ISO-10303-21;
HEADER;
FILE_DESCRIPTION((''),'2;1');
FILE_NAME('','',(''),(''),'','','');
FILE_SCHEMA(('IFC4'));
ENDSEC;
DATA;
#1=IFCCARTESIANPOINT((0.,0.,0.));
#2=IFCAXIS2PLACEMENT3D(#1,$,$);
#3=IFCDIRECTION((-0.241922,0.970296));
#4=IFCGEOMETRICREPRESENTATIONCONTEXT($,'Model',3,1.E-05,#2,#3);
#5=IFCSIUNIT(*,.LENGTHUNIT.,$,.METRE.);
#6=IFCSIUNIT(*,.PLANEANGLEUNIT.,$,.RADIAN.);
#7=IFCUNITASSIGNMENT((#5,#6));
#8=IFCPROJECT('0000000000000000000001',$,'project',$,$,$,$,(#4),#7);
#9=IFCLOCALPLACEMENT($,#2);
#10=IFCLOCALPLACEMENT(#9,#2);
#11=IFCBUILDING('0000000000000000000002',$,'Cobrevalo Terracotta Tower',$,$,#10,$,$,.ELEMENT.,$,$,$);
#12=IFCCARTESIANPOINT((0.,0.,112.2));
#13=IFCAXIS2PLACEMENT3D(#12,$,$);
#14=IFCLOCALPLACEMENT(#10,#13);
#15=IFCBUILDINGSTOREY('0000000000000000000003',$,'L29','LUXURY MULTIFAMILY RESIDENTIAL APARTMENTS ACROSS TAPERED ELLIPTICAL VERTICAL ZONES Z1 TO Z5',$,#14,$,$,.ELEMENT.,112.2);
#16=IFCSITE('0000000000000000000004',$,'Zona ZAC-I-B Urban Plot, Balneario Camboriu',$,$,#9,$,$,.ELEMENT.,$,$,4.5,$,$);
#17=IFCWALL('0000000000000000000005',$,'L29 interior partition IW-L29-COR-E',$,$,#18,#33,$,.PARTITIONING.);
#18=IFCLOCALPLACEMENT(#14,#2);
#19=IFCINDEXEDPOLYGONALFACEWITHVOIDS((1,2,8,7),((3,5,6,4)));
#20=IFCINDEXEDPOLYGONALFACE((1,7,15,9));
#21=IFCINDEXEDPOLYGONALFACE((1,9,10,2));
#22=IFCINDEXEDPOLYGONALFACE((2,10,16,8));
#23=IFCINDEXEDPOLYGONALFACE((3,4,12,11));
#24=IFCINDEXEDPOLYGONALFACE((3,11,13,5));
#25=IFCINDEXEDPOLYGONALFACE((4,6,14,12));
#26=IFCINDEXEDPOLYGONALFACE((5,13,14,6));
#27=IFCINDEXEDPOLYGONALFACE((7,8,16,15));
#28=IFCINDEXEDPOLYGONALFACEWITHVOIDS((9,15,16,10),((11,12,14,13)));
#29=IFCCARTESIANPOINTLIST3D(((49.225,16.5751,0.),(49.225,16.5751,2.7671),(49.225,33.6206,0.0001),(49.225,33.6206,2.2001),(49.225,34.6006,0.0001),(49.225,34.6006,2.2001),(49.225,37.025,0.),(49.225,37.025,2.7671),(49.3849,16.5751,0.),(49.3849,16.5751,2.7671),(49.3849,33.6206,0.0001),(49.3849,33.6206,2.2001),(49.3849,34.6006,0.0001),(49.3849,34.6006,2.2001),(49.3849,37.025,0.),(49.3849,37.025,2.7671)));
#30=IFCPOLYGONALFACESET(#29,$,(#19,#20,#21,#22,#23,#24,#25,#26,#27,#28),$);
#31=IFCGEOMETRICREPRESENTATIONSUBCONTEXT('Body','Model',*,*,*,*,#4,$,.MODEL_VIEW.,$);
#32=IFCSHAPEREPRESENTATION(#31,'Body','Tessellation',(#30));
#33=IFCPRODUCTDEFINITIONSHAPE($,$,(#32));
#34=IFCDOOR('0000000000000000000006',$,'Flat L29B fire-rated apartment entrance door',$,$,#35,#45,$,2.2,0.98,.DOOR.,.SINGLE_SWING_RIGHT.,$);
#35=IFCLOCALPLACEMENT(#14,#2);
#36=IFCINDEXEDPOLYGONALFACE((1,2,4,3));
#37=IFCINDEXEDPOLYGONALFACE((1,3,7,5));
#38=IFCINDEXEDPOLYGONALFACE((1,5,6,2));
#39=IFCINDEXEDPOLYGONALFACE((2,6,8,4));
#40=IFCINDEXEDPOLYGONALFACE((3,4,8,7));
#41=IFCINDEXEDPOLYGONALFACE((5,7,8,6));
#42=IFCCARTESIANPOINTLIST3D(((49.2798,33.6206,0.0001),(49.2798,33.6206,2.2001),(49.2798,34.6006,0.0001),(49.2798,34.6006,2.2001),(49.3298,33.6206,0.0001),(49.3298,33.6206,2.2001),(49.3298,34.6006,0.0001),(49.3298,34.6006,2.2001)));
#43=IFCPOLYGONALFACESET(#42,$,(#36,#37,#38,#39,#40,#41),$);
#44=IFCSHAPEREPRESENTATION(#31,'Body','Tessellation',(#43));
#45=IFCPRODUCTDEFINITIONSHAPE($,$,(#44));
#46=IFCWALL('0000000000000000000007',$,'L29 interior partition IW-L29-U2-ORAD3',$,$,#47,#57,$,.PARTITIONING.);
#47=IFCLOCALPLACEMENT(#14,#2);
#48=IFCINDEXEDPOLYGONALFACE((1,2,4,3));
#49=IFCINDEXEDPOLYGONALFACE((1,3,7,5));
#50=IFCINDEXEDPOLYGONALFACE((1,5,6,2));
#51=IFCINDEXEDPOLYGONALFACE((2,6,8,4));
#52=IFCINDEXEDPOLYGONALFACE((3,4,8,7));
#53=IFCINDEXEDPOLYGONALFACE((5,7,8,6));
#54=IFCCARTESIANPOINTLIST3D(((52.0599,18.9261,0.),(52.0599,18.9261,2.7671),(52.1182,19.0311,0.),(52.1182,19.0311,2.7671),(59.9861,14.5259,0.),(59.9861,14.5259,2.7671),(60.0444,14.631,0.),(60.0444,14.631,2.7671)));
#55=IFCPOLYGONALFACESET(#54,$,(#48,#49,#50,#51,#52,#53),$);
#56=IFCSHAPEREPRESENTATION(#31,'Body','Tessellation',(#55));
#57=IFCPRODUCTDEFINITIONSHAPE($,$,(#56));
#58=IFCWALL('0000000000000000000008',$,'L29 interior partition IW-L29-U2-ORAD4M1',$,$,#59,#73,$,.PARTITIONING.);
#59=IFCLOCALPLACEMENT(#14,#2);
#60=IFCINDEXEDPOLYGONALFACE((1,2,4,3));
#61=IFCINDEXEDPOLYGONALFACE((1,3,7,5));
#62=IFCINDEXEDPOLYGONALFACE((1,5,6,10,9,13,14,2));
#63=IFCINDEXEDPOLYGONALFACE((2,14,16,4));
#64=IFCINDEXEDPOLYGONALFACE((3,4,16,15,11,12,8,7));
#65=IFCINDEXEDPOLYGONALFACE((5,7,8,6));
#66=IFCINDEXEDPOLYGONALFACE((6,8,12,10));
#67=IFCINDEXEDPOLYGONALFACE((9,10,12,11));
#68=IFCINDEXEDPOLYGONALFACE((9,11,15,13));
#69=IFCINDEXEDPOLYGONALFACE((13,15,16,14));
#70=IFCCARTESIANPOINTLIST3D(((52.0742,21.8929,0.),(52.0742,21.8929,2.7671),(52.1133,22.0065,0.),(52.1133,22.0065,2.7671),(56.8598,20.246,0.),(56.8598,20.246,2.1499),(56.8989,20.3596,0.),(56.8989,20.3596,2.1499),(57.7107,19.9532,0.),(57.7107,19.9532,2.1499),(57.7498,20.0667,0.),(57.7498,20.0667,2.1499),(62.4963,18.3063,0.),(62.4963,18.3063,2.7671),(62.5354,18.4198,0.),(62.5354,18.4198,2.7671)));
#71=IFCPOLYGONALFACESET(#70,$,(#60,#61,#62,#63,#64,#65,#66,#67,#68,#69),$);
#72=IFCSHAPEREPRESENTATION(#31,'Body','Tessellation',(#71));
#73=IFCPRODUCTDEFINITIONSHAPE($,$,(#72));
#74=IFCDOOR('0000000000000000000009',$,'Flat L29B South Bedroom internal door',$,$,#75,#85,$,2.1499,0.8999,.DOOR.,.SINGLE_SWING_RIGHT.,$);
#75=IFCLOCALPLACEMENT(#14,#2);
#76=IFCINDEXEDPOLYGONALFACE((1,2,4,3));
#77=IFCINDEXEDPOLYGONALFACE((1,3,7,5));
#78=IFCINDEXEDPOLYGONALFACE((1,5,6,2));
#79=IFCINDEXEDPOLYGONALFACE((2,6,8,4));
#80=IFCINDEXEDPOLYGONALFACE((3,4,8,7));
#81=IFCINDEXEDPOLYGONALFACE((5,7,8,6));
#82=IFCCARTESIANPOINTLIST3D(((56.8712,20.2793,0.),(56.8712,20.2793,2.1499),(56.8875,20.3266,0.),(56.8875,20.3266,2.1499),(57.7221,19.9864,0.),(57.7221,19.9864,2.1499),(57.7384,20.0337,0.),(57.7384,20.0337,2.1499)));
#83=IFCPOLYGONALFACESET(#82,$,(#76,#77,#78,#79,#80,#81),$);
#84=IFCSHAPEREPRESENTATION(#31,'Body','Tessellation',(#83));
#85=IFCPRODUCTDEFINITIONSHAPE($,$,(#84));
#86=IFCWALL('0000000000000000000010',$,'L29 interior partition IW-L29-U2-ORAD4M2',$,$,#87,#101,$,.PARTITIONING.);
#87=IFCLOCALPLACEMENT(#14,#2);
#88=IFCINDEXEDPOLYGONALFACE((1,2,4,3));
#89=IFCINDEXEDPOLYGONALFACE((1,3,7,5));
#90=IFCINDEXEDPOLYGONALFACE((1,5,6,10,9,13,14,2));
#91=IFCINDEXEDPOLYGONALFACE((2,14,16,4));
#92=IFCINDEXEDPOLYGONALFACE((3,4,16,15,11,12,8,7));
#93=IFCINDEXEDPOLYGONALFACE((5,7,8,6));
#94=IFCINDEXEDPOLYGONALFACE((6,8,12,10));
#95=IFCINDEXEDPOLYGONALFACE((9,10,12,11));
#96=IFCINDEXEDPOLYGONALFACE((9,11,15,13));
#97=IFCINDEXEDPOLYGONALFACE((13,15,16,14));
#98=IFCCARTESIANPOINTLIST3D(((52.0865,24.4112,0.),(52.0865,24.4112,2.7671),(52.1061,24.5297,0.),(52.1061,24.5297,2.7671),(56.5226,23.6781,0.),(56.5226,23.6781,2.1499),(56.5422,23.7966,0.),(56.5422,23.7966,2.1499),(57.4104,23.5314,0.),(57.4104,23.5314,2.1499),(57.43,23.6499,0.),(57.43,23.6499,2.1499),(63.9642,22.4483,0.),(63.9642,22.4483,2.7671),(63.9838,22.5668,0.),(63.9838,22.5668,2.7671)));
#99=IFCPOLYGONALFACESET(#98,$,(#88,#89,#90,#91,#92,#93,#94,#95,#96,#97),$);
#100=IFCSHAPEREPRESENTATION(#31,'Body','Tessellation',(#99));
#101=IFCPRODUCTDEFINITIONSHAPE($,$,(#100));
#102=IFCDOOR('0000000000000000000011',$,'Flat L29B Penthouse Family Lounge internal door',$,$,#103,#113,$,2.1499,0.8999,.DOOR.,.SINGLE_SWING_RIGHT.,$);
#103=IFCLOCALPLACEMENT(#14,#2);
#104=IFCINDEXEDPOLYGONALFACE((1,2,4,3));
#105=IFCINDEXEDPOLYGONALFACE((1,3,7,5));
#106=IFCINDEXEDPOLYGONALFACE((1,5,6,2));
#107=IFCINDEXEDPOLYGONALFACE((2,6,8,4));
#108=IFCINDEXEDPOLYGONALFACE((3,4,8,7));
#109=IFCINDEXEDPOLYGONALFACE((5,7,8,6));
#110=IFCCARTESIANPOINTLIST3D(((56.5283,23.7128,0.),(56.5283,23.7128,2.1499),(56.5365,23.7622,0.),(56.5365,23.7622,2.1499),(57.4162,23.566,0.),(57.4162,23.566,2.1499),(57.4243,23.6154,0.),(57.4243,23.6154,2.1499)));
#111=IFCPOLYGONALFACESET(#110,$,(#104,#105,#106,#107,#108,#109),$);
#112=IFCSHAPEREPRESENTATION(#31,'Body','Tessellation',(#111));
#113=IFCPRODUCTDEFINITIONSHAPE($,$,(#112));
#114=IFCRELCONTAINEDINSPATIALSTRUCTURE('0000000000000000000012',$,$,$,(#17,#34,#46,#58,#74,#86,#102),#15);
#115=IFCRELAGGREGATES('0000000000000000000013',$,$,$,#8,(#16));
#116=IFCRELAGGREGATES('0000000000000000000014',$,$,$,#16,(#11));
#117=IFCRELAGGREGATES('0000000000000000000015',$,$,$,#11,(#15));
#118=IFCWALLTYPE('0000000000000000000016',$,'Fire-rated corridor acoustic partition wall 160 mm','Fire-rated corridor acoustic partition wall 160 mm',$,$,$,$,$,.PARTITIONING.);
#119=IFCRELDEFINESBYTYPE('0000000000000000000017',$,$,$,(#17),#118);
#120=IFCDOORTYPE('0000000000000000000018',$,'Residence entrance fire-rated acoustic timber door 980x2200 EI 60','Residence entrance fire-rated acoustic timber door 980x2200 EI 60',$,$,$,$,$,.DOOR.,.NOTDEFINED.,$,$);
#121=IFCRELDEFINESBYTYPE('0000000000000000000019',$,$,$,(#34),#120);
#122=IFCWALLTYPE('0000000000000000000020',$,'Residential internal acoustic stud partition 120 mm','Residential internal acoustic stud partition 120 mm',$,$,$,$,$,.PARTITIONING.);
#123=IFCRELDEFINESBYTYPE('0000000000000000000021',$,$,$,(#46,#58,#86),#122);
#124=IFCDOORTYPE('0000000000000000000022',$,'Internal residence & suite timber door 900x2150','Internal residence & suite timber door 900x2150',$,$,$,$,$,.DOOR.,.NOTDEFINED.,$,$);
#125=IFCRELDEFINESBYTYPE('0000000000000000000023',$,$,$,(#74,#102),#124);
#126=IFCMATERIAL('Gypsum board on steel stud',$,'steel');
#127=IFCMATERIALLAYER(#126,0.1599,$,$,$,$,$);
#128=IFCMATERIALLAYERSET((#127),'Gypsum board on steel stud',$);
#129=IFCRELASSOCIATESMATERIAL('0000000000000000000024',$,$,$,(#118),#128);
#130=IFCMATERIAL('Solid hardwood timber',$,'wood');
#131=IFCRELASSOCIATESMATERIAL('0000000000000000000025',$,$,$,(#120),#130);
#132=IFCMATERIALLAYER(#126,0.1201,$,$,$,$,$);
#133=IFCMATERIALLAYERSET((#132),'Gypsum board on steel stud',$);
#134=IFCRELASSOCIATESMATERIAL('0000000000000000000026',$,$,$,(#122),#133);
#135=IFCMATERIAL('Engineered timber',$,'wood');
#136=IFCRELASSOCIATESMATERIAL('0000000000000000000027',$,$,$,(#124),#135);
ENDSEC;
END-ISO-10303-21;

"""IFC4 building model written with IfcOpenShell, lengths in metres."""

from ifc_helpers import new_model, si_unit, direction, frame, frame_2d, origin, place, context, subcontext, project, spatial, rectangle, extrude, source, transform, mapped, material, layer, layer_set, type_object, element, fill, save


model = new_model("IFC4")

# Units and contexts
model_context = context("Model", 3, precision=1e-05, world=origin(), true_north=direction((-0.241922, 0.970296)))
body_context = subcontext(model_context, "Body", "Model", "MODEL_VIEW")
ifc_project = project(units=[si_unit("LENGTHUNIT", "METRE"), si_unit("PLANEANGLEUNIT", "RADIAN")], contexts=[model_context])

# Site, building, storey
site_placement = place(None, origin())
site = spatial("IfcSite", under=ifc_project, at=site_placement, Name="Zona ZAC-I-B Urban Plot, Balneario Camboriu", CompositionType="ELEMENT", RefElevation=4.5)
building_placement = place(site_placement, origin())
building = spatial("IfcBuilding", under=site, at=building_placement, Name="Cobrevalo Terracotta Tower", CompositionType="ELEMENT")
storey_placement = place(building_placement, frame((0.0, 0.0, 112.2)))
storey = spatial("IfcBuildingStorey", under=building, at=storey_placement, Name="L29", Description="LUXURY MULTIFAMILY RESIDENTIAL APARTMENTS ACROSS TAPERED ELLIPTICAL VERTICAL ZONES Z1 TO Z5", CompositionType="ELEMENT", Elevation=112.2)

# Wall, opening, door
ifc_material_1 = material(Name="Gypsum board on steel stud", Category="steel")
ifc_layer_1 = layer(ifc_material_1, 0.1599)
ifc_layer_set_1 = layer_set([ifc_layer_1], Name="Gypsum board on steel stud")
wall_type_1 = type_object("IfcWallType", Name="Fire-rated corridor acoustic partition wall 160 mm", Description="Fire-rated corridor acoustic partition wall 160 mm", PredefinedType="PARTITIONING", material=ifc_layer_set_1)
wall_1_placement = place(storey_placement, frame((49.3049, 16.575, 0.0), z_axis=(0.0, 0.0, 1.0), x_axis=(0.0, 1.0, 0.0)))
wall_1 = element("IfcWall", 1, at=wall_1_placement, inside=storey, type_object=wall_type_1, Name="L29 interior partition IW-L29-COR-E", PredefinedType="PARTITIONING", context=body_context, shape_type="SweptSolid", body=[
    extrude(rectangle(XDim=20.45, YDim=0.1599, at=frame_2d((10.2251, 0.0))), origin(), (0.0, 0.0, 1.0), 2.7671),
])
opening_1_placement = place(wall_1_placement, frame((17.0457, 0.0, 0.0)))
opening_1 = element("IfcOpeningElement", 2, at=opening_1_placement, cuts=wall_1, PredefinedType="OPENING", context=body_context, shape_type="SweptSolid", body=[
    extrude(rectangle(XDim=0.98, YDim=2.2, at=frame_2d((0.49, 1.1001))), frame((0.0, 0.0898, 0.0), z_axis=(0.0, -1.0, 0.0), x_axis=(1.0, 0.0, 0.0)), (0.0, 0.0, 1.0), 0.1799),
])
ifc_material_2 = material(Name="Solid hardwood timber", Category="wood")
door_type_1 = type_object("IfcDoorType", Name="Residence entrance fire-rated acoustic timber door 980x2200 EI 60", Description="Residence entrance fire-rated acoustic timber door 980x2200 EI 60", OperationType="NOTDEFINED", PredefinedType="DOOR", material=ifc_material_2)
shared_shape_1 = source(origin(), body_context, "Body", "SweptSolid", [
    extrude(rectangle(XDim=0.98, YDim=2.2, at=frame_2d((0.49, 1.1001))), frame((0.0, 0.0249, 0.0), z_axis=(0.0, -1.0, 0.0), x_axis=(1.0, 0.0, 0.0)), (0.0, 0.0, 1.0), 0.05),
])
door_1_placement = place(opening_1_placement, frame((0.98, 0.0, 0.0), z_axis=(0.0, 0.0, 1.0), x_axis=(-1.0, 0.0, 0.0)))
door_1 = element("IfcDoor", 3, at=door_1_placement, inside=storey, type_object=door_type_1, Name="Flat L29B fire-rated apartment entrance door", OperationType="SINGLE_SWING_RIGHT", OverallHeight=2.2, OverallWidth=0.98, PredefinedType="DOOR", context=body_context, shape_type="MappedRepresentation", body=[
    mapped(shared_shape_1, transform((0.0, 0.0, 0.0), scale=1.0)),
])
fill(opening_1, door_1)

# Wall
ifc_layer_2 = layer(ifc_material_1, 0.1201)
ifc_layer_set_2 = layer_set([ifc_layer_2], Name="Gypsum board on steel stud")
wall_type_2 = type_object("IfcWallType", Name="Residential internal acoustic stud partition 120 mm", Description="Residential internal acoustic stud partition 120 mm", PredefinedType="PARTITIONING", material=ifc_layer_set_2)
wall_2_placement = place(storey_placement, frame((52.0891, 18.9785, 0.0), z_axis=(0.0, 0.0, 1.0), x_axis=(0.874313, -0.485362, 0.0)))
element("IfcWall", 4, at=wall_2_placement, inside=storey, type_object=wall_type_2, Name="L29 interior partition IW-L29-U2-ORAD3", PredefinedType="PARTITIONING", context=body_context, shape_type="SweptSolid", body=[
    extrude(rectangle(XDim=9.0657, YDim=0.1201, at=frame_2d((4.5327, 0.0))), origin(), (0.0, 0.0, 1.0), 2.7671),
])

# Walls, openings, doors
wall_3_placement = place(storey_placement, frame((52.0938, 21.9497, 0.0), z_axis=(0.0, 0.0, 1.0), x_axis=(0.945573, -0.32541, 0.0)))
wall_3 = element("IfcWall", 5, at=wall_3_placement, inside=storey, type_object=wall_type_2, Name="L29 interior partition IW-L29-U2-ORAD4M1", PredefinedType="PARTITIONING", context=body_context, shape_type="SweptSolid", body=[
    extrude(rectangle(XDim=11.022, YDim=0.1201, at=frame_2d((5.511, 0.0))), origin(), (0.0, 0.0, 1.0), 2.7671),
])
opening_2_placement = place(wall_3_placement, frame((5.061, 0.0, 0.0)))
opening_2 = element("IfcOpeningElement", 6, at=opening_2_placement, cuts=wall_3, PredefinedType="OPENING", context=body_context, shape_type="SweptSolid", body=[
    extrude(rectangle(XDim=0.8999, YDim=2.1499, at=frame_2d((0.45, 1.075))), frame((0.0, 0.0701, 0.0), z_axis=(0.0, -1.0, 0.0), x_axis=(1.0, 0.0, 0.0)), (0.0, 0.0, 1.0), 0.1401),
])
ifc_material_3 = material(Name="Engineered timber", Category="wood")
door_type_2 = type_object("IfcDoorType", Name="Internal residence & suite timber door 900x2150", Description="Internal residence & suite timber door 900x2150", OperationType="NOTDEFINED", PredefinedType="DOOR", material=ifc_material_3)
shared_shape_2 = source(origin(), body_context, "Body", "SweptSolid", [
    extrude(rectangle(XDim=0.8999, YDim=2.1499, at=frame_2d((0.45, 1.075))), frame((0.0, 0.0249, 0.0), z_axis=(0.0, -1.0, 0.0), x_axis=(1.0, 0.0, 0.0)), (0.0, 0.0, 1.0), 0.05),
])
door_2_placement = place(opening_2_placement, frame((0.8999, 0.0, 0.0), z_axis=(0.0, 0.0, 1.0), x_axis=(-1.0, 0.0, 0.0)))
door_2 = element("IfcDoor", 7, at=door_2_placement, inside=storey, type_object=door_type_2, Name="Flat L29B South Bedroom internal door", OperationType="SINGLE_SWING_RIGHT", OverallHeight=2.1499, OverallWidth=0.8999, PredefinedType="DOOR", context=body_context, shape_type="MappedRepresentation", body=[
    mapped(shared_shape_2, transform((0.0, 0.0, 0.0), scale=1.0)),
])
fill(opening_2, door_2)
wall_4_placement = place(storey_placement, frame((52.0962, 24.4705, 0.0), z_axis=(0.0, 0.0, 1.0), x_axis=(0.986618, -0.163047, 0.0)))
wall_4 = element("IfcWall", 8, at=wall_4_placement, inside=storey, type_object=wall_type_2, Name="L29 interior partition IW-L29-U2-ORAD4M2", PredefinedType="PARTITIONING", context=body_context, shape_type="SweptSolid", body=[
    extrude(rectangle(XDim=12.0388, YDim=0.1201, at=frame_2d((6.0195, 0.0))), origin(), (0.0, 0.0, 1.0), 2.7671),
])
opening_3_placement = place(wall_4_placement, frame((4.4963, 0.0, 0.0)))
opening_3 = element("IfcOpeningElement", 9, at=opening_3_placement, cuts=wall_4, PredefinedType="OPENING", context=body_context, shape_type="SweptSolid", body=[
    extrude(rectangle(XDim=0.8999, YDim=2.1499, at=frame_2d((0.45, 1.075))), frame((0.0, 0.0701, 0.0), z_axis=(0.0, -1.0, 0.0), x_axis=(1.0, 0.0, 0.0)), (0.0, 0.0, 1.0), 0.1401),
])
door_3_placement = place(opening_3_placement, frame((0.8999, 0.0, 0.0), z_axis=(0.0, 0.0, 1.0), x_axis=(-1.0, 0.0, 0.0)))
door_3 = element("IfcDoor", 10, at=door_3_placement, inside=storey, type_object=door_type_2, Name="Flat L29B Penthouse Family Lounge internal door", OperationType="SINGLE_SWING_RIGHT", OverallHeight=2.1499, OverallWidth=0.8999, PredefinedType="DOOR", context=body_context, shape_type="MappedRepresentation", body=[
    mapped(shared_shape_2, transform((0.0, 0.0, 0.0), scale=1.0)),
])
fill(opening_3, door_3)

save(model, "model.ifc")
